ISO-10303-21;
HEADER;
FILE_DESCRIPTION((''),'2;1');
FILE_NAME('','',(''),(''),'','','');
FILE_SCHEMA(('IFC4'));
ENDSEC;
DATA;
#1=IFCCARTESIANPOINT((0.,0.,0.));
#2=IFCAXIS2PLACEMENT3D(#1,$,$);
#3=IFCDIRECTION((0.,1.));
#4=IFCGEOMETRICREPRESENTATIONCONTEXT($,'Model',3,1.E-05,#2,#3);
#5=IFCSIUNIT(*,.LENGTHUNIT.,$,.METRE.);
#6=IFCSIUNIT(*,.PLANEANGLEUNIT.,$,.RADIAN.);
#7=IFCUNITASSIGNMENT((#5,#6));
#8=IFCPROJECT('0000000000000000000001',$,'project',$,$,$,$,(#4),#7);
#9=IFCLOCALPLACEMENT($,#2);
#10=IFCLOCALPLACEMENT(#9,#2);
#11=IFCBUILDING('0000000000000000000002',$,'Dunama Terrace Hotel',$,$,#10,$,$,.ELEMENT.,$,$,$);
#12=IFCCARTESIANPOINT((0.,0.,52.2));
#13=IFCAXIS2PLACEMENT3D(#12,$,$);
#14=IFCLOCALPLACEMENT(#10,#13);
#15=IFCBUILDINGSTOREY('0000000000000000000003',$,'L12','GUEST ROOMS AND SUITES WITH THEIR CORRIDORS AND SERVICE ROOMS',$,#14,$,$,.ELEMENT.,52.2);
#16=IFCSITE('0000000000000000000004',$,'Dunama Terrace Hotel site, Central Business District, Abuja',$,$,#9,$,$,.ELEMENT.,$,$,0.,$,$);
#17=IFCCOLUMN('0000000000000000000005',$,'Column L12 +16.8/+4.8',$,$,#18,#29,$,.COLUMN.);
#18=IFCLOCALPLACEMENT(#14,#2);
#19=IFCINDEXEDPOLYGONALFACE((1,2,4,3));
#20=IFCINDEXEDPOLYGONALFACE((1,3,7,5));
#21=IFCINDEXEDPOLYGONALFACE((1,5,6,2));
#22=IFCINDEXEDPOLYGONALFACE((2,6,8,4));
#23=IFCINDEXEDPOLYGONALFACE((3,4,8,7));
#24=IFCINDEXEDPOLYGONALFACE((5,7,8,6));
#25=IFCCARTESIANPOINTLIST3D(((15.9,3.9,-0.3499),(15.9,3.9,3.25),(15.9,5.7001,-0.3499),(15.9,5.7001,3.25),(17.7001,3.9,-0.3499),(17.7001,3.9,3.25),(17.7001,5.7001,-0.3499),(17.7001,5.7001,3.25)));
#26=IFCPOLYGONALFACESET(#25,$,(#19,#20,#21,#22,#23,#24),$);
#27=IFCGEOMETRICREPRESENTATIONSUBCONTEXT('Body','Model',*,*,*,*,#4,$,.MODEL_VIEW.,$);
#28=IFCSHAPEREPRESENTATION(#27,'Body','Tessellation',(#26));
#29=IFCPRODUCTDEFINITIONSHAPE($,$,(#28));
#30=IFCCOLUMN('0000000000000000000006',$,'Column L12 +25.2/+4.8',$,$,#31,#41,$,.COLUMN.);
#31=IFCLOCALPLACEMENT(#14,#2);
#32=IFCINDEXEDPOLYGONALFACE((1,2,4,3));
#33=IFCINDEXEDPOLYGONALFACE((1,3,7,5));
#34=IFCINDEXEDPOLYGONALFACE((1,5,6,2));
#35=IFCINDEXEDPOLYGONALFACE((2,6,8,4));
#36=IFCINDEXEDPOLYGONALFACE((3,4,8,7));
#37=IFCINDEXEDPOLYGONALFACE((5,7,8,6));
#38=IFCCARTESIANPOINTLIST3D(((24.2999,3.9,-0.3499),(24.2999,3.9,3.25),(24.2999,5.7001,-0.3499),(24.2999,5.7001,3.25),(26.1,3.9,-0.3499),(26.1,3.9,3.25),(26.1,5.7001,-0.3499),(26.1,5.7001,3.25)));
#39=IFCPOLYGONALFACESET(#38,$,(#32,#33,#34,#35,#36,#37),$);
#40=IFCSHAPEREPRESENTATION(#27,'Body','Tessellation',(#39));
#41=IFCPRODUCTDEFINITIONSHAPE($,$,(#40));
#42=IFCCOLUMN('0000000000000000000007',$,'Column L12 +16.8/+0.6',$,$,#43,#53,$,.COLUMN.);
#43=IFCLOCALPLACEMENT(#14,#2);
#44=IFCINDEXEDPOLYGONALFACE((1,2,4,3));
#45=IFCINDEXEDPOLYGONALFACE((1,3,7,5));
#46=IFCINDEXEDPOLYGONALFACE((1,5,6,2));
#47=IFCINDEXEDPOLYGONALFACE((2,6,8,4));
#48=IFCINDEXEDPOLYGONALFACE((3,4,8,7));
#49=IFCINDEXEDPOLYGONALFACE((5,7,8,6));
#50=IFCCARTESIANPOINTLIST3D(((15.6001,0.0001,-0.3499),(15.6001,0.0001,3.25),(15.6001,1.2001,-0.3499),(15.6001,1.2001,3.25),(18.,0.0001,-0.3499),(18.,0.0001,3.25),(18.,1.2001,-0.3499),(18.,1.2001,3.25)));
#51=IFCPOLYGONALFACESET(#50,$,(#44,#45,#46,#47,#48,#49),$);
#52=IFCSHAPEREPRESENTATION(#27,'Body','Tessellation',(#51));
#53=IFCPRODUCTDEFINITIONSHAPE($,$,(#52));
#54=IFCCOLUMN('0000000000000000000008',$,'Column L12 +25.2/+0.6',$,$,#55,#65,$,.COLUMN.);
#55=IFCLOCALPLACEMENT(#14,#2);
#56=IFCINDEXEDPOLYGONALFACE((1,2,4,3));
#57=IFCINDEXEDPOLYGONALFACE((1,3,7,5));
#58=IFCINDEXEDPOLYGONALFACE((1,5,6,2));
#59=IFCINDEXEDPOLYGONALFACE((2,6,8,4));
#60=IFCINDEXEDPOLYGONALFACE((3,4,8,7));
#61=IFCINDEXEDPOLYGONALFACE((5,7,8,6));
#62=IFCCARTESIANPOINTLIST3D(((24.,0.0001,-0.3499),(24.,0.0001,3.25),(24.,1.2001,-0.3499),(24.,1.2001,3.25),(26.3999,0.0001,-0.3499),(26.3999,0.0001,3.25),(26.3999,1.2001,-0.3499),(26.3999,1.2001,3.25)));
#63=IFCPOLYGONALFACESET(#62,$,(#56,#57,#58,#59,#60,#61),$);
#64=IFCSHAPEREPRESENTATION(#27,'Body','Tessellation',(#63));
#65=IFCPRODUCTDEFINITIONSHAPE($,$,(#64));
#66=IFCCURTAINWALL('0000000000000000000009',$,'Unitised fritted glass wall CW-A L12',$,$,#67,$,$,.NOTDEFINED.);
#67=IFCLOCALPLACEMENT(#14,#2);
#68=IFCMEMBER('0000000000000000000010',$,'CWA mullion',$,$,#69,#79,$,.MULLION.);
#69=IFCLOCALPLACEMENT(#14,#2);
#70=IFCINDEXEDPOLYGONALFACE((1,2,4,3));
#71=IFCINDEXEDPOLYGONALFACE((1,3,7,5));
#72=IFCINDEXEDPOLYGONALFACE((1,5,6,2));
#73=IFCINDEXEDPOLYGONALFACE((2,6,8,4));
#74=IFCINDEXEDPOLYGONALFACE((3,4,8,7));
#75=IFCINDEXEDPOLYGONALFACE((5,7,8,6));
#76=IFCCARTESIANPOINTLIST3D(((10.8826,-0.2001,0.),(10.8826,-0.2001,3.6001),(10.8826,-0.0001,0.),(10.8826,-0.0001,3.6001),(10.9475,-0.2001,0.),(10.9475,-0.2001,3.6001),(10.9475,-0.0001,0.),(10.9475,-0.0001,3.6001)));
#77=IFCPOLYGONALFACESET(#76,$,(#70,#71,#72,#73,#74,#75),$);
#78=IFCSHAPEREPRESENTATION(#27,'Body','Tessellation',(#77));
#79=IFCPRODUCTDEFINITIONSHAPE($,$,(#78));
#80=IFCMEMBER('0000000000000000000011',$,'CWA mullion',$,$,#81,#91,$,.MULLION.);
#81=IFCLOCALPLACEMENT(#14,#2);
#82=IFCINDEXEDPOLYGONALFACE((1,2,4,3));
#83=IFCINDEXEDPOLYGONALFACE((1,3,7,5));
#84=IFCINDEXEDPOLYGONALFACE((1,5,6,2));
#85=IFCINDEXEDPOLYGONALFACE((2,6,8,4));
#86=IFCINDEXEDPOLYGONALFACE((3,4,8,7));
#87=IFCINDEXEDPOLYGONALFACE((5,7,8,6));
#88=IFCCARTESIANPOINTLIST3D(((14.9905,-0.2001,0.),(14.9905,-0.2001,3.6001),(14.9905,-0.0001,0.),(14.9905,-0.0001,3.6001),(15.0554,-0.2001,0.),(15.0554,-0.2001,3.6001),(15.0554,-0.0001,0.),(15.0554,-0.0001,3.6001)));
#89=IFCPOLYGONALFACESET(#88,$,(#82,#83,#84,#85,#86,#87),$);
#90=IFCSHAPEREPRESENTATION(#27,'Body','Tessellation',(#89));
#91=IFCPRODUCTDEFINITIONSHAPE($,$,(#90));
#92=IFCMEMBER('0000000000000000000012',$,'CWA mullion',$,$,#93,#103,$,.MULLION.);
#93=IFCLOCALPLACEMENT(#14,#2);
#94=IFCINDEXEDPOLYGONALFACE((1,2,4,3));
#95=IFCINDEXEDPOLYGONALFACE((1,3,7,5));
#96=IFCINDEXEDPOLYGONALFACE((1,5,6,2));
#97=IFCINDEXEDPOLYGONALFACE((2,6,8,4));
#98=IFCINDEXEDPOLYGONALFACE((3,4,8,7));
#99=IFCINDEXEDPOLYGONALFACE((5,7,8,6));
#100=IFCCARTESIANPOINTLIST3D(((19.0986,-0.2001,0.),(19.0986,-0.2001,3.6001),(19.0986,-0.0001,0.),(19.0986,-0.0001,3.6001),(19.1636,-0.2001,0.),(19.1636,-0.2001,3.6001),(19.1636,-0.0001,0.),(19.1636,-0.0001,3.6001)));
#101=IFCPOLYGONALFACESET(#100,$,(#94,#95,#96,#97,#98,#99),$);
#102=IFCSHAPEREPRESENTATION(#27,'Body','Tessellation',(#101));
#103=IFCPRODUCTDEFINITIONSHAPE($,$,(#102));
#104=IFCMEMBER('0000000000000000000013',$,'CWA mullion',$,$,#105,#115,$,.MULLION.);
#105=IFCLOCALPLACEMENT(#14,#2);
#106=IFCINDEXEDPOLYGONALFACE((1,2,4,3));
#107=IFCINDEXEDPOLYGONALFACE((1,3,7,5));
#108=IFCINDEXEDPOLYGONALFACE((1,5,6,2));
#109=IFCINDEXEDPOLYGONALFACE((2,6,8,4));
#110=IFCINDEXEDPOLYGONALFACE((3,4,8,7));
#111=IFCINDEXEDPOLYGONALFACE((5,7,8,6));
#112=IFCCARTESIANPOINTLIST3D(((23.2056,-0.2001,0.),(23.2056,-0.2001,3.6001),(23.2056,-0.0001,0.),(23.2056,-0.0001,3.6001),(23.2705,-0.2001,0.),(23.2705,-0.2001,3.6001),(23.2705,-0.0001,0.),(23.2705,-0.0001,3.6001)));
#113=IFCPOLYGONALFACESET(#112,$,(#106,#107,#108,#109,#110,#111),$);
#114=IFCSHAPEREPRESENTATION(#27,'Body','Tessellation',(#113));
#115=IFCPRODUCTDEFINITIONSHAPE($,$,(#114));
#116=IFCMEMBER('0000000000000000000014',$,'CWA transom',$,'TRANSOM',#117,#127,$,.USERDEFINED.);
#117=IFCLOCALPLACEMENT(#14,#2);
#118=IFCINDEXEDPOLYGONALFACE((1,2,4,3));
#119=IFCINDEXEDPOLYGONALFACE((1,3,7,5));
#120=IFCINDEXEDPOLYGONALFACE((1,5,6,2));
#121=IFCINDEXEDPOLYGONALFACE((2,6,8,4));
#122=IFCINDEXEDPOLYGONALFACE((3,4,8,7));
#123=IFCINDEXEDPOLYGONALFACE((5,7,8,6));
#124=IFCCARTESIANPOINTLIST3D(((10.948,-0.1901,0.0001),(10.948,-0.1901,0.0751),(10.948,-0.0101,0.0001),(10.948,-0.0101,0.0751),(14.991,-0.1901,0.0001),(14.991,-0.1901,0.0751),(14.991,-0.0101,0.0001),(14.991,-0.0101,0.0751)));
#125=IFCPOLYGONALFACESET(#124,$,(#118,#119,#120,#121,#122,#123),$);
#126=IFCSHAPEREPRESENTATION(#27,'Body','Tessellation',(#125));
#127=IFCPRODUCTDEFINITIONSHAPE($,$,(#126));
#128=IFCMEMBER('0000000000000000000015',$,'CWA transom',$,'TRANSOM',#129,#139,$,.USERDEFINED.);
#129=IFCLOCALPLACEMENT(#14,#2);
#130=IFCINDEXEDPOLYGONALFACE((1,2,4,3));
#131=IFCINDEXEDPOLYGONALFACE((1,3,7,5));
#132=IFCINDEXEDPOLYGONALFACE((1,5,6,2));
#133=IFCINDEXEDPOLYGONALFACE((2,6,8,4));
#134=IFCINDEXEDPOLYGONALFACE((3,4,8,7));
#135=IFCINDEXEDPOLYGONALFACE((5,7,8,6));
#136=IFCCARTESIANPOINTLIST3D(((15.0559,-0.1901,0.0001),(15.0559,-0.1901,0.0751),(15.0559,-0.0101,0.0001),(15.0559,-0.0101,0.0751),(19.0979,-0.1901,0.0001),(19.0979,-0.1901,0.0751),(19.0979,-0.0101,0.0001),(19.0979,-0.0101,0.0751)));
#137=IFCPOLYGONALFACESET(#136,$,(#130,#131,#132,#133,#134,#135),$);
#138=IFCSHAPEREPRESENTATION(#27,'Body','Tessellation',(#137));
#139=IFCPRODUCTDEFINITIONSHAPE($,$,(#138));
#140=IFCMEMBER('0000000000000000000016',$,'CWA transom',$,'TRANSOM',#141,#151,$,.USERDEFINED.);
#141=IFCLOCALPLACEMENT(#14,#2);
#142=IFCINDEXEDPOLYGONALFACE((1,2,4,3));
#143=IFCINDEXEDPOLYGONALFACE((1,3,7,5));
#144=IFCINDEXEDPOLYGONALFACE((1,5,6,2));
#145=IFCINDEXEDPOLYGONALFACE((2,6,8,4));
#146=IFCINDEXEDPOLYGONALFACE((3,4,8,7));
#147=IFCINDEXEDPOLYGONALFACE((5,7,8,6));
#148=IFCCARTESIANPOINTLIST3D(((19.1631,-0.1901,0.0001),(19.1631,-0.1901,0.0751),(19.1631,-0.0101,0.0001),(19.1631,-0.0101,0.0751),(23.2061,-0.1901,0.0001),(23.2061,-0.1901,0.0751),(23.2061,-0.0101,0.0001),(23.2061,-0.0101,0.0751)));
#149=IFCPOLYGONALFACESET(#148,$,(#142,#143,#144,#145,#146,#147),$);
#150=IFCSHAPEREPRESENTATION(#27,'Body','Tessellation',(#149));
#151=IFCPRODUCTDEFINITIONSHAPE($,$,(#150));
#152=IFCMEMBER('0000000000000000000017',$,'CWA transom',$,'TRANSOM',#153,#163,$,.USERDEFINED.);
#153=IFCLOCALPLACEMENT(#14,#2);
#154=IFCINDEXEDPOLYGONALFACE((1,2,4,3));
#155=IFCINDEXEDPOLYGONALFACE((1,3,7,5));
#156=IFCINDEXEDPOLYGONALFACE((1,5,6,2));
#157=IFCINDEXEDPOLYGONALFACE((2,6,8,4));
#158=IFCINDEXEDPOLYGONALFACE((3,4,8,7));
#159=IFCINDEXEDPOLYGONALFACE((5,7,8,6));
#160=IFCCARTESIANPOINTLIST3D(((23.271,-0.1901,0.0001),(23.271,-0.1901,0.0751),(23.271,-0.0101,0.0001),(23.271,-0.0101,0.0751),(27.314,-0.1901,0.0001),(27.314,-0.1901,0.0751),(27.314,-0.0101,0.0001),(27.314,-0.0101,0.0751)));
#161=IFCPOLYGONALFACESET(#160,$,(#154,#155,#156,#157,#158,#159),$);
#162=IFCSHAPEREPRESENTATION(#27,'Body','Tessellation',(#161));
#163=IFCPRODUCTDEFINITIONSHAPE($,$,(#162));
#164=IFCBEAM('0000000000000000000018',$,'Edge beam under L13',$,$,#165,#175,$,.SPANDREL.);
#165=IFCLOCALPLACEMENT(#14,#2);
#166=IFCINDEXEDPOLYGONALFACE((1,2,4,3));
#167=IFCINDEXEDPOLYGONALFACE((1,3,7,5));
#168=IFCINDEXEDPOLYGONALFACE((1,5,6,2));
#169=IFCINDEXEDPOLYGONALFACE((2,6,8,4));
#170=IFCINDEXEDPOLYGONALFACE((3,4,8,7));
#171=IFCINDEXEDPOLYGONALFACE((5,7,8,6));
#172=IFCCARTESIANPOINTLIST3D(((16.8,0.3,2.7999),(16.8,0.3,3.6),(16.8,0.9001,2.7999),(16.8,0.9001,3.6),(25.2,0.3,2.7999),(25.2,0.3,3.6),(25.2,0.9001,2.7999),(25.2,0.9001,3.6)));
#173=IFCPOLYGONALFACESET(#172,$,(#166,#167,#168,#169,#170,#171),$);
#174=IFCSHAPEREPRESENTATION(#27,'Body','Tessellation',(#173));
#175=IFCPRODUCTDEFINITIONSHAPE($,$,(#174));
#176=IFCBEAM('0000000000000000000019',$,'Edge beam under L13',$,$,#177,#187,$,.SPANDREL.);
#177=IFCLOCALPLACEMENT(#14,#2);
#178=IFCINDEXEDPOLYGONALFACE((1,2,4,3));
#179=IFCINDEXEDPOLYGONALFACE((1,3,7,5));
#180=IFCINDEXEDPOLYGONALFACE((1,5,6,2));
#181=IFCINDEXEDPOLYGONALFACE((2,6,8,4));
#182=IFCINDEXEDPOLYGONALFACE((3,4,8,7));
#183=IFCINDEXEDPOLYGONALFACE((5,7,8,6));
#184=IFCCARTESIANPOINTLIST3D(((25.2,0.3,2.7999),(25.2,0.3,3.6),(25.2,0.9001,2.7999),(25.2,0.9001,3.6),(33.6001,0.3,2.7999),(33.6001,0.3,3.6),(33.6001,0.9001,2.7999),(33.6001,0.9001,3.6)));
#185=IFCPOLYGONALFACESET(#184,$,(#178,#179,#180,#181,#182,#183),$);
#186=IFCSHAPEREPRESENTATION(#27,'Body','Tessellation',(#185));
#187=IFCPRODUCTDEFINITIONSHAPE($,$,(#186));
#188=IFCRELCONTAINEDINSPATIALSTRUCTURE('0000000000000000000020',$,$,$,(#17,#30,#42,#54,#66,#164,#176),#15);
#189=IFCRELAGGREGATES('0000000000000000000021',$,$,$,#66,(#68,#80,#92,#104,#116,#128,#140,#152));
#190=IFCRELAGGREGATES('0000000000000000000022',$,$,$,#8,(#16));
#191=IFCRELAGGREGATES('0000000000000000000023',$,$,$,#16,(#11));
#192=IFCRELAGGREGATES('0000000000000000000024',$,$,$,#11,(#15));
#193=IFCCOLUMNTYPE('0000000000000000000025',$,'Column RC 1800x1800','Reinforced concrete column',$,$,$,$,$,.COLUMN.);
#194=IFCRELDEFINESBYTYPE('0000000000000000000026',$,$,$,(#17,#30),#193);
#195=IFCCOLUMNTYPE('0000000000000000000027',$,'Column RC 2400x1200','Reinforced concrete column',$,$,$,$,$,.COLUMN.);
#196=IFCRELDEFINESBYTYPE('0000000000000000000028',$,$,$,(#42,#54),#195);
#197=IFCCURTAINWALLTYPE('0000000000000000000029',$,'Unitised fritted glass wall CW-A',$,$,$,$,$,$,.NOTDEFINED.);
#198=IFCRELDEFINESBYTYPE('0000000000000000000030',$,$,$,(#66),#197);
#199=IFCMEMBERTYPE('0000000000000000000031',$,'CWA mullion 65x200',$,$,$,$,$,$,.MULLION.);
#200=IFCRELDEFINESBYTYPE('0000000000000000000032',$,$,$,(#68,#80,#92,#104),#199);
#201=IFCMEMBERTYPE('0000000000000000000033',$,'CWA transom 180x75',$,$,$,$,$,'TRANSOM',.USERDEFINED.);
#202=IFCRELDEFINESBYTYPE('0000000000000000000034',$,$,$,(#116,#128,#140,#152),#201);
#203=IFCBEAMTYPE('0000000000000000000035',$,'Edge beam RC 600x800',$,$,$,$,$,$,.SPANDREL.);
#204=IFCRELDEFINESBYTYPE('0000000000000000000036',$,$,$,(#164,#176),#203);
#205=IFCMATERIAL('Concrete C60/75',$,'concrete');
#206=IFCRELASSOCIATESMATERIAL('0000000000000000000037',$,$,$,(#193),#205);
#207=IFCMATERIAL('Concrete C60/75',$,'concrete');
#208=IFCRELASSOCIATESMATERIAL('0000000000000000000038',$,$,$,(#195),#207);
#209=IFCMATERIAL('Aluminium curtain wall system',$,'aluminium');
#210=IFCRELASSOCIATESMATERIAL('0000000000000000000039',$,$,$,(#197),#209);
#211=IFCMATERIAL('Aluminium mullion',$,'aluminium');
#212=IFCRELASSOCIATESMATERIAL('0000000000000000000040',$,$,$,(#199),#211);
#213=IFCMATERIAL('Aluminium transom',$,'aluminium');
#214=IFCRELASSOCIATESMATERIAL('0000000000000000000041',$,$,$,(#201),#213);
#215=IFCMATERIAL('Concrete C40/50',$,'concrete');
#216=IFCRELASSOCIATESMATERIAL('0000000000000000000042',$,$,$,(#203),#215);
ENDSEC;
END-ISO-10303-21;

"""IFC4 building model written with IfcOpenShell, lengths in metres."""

from ifc_helpers import new_model, si_unit, direction, frame, origin, origin_2d, place, context, subcontext, project, spatial, rectangle, extrude, material, material_profile, profile_set, type_object, element, aggregate, save


model = new_model("IFC4")

# Units and contexts
model_context = context("Model", 3, precision=1e-05, world=origin(), true_north=direction((0.0, 1.0)))
body_context = subcontext(model_context, "Body", "Model", "MODEL_VIEW")
ifc_project = project(units=[si_unit("LENGTHUNIT", "METRE"), si_unit("PLANEANGLEUNIT", "RADIAN")], contexts=[model_context])

# Site, building, storey
site_placement = place(None, origin())
site = spatial("IfcSite", under=ifc_project, at=site_placement, Name="Dunama Terrace Hotel site, Central Business District, Abuja", CompositionType="ELEMENT", RefElevation=0.0)
building_placement = place(site_placement, origin())
building = spatial("IfcBuilding", under=site, at=building_placement, Name="Dunama Terrace Hotel", CompositionType="ELEMENT")
storey_placement = place(building_placement, frame((0.0, 0.0, 52.2)))
storey = spatial("IfcBuildingStorey", under=building, at=storey_placement, Name="L12", Description="GUEST ROOMS AND SUITES WITH THEIR CORRIDORS AND SERVICE ROOMS", CompositionType="ELEMENT", Elevation=52.2)

# Columns
ifc_material_1 = material(Name="Concrete C60/75", Category="concrete")
ifc_material_profile_1 = material_profile(ifc_material_1, rectangle(XDim=1.8, YDim=1.8, at=origin_2d()), Name="RC 1800x1800")
ifc_profile_set_1 = profile_set([ifc_material_profile_1], Name="Concrete C60/75")
column_type_1 = type_object("IfcColumnType", Name="Column RC 1800x1800", Description="Reinforced concrete column", PredefinedType="COLUMN", material=ifc_profile_set_1)
for number, where, z_axis, x_axis, name in (
    (1, (16.8, 4.8, -0.3499), (0.0, 0.0, 1.0), (1.0, 0.0, 0.0), "Column L12 +16.8/+4.8"),
    (2, (25.2, 4.8, -0.3499), (0.0, 0.0, 1.0), (1.0, 0.0, 0.0), "Column L12 +25.2/+4.8"),
):
    element("IfcColumn", number, at=place(storey_placement, frame(where, z_axis=z_axis, x_axis=x_axis)), inside=storey, type_object=column_type_1, Name=name, PredefinedType="COLUMN", context=body_context, shape_type="SweptSolid", body=[
        extrude(rectangle(XDim=1.8, YDim=1.8, at=origin_2d()), origin(), (0.0, 0.0, 1.0), 3.5999),
    ])
ifc_material_2 = material(Name="Concrete C60/75", Category="concrete")
ifc_material_profile_2 = material_profile(ifc_material_2, rectangle(XDim=2.3999, YDim=1.2, at=origin_2d()), Name="RC 2400x1200")
ifc_profile_set_2 = profile_set([ifc_material_profile_2], Name="Concrete C60/75")
column_type_2 = type_object("IfcColumnType", Name="Column RC 2400x1200", Description="Reinforced concrete column", PredefinedType="COLUMN", material=ifc_profile_set_2)
for number, where, z_axis, x_axis, name in (
    (3, (16.8, 0.6001, -0.3499), (0.0, 0.0, 1.0), (1.0, 0.0, 0.0), "Column L12 +16.8/+0.6"),
    (4, (25.2, 0.6001, -0.3499), (0.0, 0.0, 1.0), (1.0, 0.0, 0.0), "Column L12 +25.2/+0.6"),
):
    element("IfcColumn", number, at=place(storey_placement, frame(where, z_axis=z_axis, x_axis=x_axis)), inside=storey, type_object=column_type_2, Name=name, PredefinedType="COLUMN", context=body_context, shape_type="SweptSolid", body=[
        extrude(rectangle(XDim=2.3999, YDim=1.2, at=origin_2d()), origin(), (0.0, 0.0, 1.0), 3.5999),
    ])

# Curtain wall, members
ifc_material_3 = material(Name="Aluminium curtain wall system", Category="aluminium")
curtain_wall_type = type_object("IfcCurtainWallType", Name="Unitised fritted glass wall CW-A", PredefinedType="NOTDEFINED", material=ifc_material_3)
curtain_wall_placement = place(storey_placement, origin())
curtain_wall = element("IfcCurtainWall", 5, at=curtain_wall_placement, inside=storey, type_object=curtain_wall_type, Name="Unitised fritted glass wall CW-A L12", PredefinedType="NOTDEFINED")
ifc_material_4 = material(Name="Aluminium mullion", Category="aluminium")
ifc_material_profile_3 = material_profile(ifc_material_4, rectangle(XDim=0.0649, YDim=0.2, at=origin_2d()), Name="CWA MULLION 65X200")
ifc_profile_set_3 = profile_set([ifc_material_profile_3], Name="Aluminium mullion")
member_type_1 = type_object("IfcMemberType", Name="CWA mullion 65x200", PredefinedType="MULLION", material=ifc_profile_set_3)
member_1_placement = place(storey_placement, frame((10.915, -0.1001, 0.0), z_axis=(0.0, 0.0, 1.0), x_axis=(1.0, 0.0, 0.0)))
member_1 = element("IfcMember", 6, at=member_1_placement, type_object=member_type_1, Name="CWA mullion", PredefinedType="MULLION", context=body_context, shape_type="SweptSolid", body=[
    extrude(rectangle(XDim=0.0649, YDim=0.2, at=origin_2d()), origin(), (0.0, 0.0, 1.0), 3.6001),
])
member_2_placement = place(storey_placement, frame((15.0229, -0.1001, 0.0), z_axis=(0.0, 0.0, 1.0), x_axis=(1.0, 0.0, 0.0)))
member_2 = element("IfcMember", 7, at=member_2_placement, type_object=member_type_1, Name="CWA mullion", PredefinedType="MULLION", context=body_context, shape_type="SweptSolid", body=[
    extrude(rectangle(XDim=0.0649, YDim=0.2, at=origin_2d()), origin(), (0.0, 0.0, 1.0), 3.6001),
])
member_3_placement = place(storey_placement, frame((19.1311, -0.1001, 0.0), z_axis=(0.0, 0.0, 1.0), x_axis=(1.0, 0.0, 0.0)))
member_3 = element("IfcMember", 8, at=member_3_placement, type_object=member_type_1, Name="CWA mullion", PredefinedType="MULLION", context=body_context, shape_type="SweptSolid", body=[
    extrude(rectangle(XDim=0.0649, YDim=0.2, at=origin_2d()), origin(), (0.0, 0.0, 1.0), 3.6001),
])
member_4_placement = place(storey_placement, frame((23.238, -0.1001, 0.0), z_axis=(0.0, 0.0, 1.0), x_axis=(1.0, 0.0, 0.0)))
member_4 = element("IfcMember", 9, at=member_4_placement, type_object=member_type_1, Name="CWA mullion", PredefinedType="MULLION", context=body_context, shape_type="SweptSolid", body=[
    extrude(rectangle(XDim=0.0649, YDim=0.2, at=origin_2d()), origin(), (0.0, 0.0, 1.0), 3.6001),
])
ifc_material_5 = material(Name="Aluminium transom", Category="aluminium")
ifc_material_profile_4 = material_profile(ifc_material_5, rectangle(XDim=0.1799, YDim=0.075, at=origin_2d()), Name="CWA TRANSOM 180X75")
ifc_profile_set_4 = profile_set([ifc_material_profile_4], Name="Aluminium transom")
member_type_2 = type_object("IfcMemberType", Name="CWA transom 180x75", ElementType="TRANSOM", PredefinedType="USERDEFINED", material=ifc_profile_set_4)
member_5_placement = place(storey_placement, frame((10.948, -0.1001, 0.0376), z_axis=(1.0, 0.0, 0.0), x_axis=(0.0, 1.0, 0.0)))
member_5 = element("IfcMember", 10, at=member_5_placement, type_object=member_type_2, Name="CWA transom", ObjectType="TRANSOM", PredefinedType="USERDEFINED", context=body_context, shape_type="SweptSolid", body=[
    extrude(rectangle(XDim=0.1799, YDim=0.075, at=origin_2d()), origin(), (0.0, 0.0, 1.0), 4.043),
])
member_6_placement = place(storey_placement, frame((15.0559, -0.1001, 0.0376), z_axis=(1.0, 0.0, 0.0), x_axis=(0.0, 1.0, 0.0)))
member_6 = element("IfcMember", 11, at=member_6_placement, type_object=member_type_2, Name="CWA transom", ObjectType="TRANSOM", PredefinedType="USERDEFINED", context=body_context, shape_type="SweptSolid", body=[
    extrude(rectangle(XDim=0.1799, YDim=0.075, at=origin_2d()), origin(), (0.0, 0.0, 1.0), 4.042),
])
member_7_placement = place(storey_placement, frame((19.1631, -0.1001, 0.0376), z_axis=(1.0, 0.0, 0.0), x_axis=(0.0, 1.0, 0.0)))
member_7 = element("IfcMember", 12, at=member_7_placement, type_object=member_type_2, Name="CWA transom", ObjectType="TRANSOM", PredefinedType="USERDEFINED", context=body_context, shape_type="SweptSolid", body=[
    extrude(rectangle(XDim=0.1799, YDim=0.075, at=origin_2d()), origin(), (0.0, 0.0, 1.0), 4.043),
])
member_8_placement = place(storey_placement, frame((23.271, -0.1001, 0.0376), z_axis=(1.0, 0.0, 0.0), x_axis=(0.0, 1.0, 0.0)))
member_8 = element("IfcMember", 13, at=member_8_placement, type_object=member_type_2, Name="CWA transom", ObjectType="TRANSOM", PredefinedType="USERDEFINED", context=body_context, shape_type="SweptSolid", body=[
    extrude(rectangle(XDim=0.1799, YDim=0.075, at=origin_2d()), origin(), (0.0, 0.0, 1.0), 4.043),
])

# Beams
ifc_material_6 = material(Name="Concrete C40/50", Category="concrete")
ifc_material_profile_5 = material_profile(ifc_material_6, rectangle(XDim=0.6001, YDim=0.8, at=origin_2d()), Name="RC 600x800")
ifc_profile_set_5 = profile_set([ifc_material_profile_5], Name="Concrete C40/50")
beam_type = type_object("IfcBeamType", Name="Edge beam RC 600x800", PredefinedType="SPANDREL", material=ifc_profile_set_5)
beam_1_placement = place(storey_placement, frame((16.8, 0.6001, 3.2), z_axis=(1.0, 0.0, 0.0), x_axis=(0.0, 1.0, 0.0)))
element("IfcBeam", 14, at=beam_1_placement, inside=storey, type_object=beam_type, Name="Edge beam under L13", PredefinedType="SPANDREL", context=body_context, shape_type="SweptSolid", body=[
    extrude(rectangle(XDim=0.6001, YDim=0.8, at=origin_2d()), origin(), (0.0, 0.0, 1.0), 8.3999),
])
beam_2_placement = place(storey_placement, frame((25.2, 0.6001, 3.2), z_axis=(1.0, 0.0, 0.0), x_axis=(0.0, 1.0, 0.0)))
element("IfcBeam", 15, at=beam_2_placement, inside=storey, type_object=beam_type, Name="Edge beam under L13", PredefinedType="SPANDREL", context=body_context, shape_type="SweptSolid", body=[
    extrude(rectangle(XDim=0.6001, YDim=0.8, at=origin_2d()), origin(), (0.0, 0.0, 1.0), 8.4001),
])

aggregate(curtain_wall, [member_1, member_2, member_3, member_4, member_5, member_6, member_7, member_8])

save(model, "model.ifc")
